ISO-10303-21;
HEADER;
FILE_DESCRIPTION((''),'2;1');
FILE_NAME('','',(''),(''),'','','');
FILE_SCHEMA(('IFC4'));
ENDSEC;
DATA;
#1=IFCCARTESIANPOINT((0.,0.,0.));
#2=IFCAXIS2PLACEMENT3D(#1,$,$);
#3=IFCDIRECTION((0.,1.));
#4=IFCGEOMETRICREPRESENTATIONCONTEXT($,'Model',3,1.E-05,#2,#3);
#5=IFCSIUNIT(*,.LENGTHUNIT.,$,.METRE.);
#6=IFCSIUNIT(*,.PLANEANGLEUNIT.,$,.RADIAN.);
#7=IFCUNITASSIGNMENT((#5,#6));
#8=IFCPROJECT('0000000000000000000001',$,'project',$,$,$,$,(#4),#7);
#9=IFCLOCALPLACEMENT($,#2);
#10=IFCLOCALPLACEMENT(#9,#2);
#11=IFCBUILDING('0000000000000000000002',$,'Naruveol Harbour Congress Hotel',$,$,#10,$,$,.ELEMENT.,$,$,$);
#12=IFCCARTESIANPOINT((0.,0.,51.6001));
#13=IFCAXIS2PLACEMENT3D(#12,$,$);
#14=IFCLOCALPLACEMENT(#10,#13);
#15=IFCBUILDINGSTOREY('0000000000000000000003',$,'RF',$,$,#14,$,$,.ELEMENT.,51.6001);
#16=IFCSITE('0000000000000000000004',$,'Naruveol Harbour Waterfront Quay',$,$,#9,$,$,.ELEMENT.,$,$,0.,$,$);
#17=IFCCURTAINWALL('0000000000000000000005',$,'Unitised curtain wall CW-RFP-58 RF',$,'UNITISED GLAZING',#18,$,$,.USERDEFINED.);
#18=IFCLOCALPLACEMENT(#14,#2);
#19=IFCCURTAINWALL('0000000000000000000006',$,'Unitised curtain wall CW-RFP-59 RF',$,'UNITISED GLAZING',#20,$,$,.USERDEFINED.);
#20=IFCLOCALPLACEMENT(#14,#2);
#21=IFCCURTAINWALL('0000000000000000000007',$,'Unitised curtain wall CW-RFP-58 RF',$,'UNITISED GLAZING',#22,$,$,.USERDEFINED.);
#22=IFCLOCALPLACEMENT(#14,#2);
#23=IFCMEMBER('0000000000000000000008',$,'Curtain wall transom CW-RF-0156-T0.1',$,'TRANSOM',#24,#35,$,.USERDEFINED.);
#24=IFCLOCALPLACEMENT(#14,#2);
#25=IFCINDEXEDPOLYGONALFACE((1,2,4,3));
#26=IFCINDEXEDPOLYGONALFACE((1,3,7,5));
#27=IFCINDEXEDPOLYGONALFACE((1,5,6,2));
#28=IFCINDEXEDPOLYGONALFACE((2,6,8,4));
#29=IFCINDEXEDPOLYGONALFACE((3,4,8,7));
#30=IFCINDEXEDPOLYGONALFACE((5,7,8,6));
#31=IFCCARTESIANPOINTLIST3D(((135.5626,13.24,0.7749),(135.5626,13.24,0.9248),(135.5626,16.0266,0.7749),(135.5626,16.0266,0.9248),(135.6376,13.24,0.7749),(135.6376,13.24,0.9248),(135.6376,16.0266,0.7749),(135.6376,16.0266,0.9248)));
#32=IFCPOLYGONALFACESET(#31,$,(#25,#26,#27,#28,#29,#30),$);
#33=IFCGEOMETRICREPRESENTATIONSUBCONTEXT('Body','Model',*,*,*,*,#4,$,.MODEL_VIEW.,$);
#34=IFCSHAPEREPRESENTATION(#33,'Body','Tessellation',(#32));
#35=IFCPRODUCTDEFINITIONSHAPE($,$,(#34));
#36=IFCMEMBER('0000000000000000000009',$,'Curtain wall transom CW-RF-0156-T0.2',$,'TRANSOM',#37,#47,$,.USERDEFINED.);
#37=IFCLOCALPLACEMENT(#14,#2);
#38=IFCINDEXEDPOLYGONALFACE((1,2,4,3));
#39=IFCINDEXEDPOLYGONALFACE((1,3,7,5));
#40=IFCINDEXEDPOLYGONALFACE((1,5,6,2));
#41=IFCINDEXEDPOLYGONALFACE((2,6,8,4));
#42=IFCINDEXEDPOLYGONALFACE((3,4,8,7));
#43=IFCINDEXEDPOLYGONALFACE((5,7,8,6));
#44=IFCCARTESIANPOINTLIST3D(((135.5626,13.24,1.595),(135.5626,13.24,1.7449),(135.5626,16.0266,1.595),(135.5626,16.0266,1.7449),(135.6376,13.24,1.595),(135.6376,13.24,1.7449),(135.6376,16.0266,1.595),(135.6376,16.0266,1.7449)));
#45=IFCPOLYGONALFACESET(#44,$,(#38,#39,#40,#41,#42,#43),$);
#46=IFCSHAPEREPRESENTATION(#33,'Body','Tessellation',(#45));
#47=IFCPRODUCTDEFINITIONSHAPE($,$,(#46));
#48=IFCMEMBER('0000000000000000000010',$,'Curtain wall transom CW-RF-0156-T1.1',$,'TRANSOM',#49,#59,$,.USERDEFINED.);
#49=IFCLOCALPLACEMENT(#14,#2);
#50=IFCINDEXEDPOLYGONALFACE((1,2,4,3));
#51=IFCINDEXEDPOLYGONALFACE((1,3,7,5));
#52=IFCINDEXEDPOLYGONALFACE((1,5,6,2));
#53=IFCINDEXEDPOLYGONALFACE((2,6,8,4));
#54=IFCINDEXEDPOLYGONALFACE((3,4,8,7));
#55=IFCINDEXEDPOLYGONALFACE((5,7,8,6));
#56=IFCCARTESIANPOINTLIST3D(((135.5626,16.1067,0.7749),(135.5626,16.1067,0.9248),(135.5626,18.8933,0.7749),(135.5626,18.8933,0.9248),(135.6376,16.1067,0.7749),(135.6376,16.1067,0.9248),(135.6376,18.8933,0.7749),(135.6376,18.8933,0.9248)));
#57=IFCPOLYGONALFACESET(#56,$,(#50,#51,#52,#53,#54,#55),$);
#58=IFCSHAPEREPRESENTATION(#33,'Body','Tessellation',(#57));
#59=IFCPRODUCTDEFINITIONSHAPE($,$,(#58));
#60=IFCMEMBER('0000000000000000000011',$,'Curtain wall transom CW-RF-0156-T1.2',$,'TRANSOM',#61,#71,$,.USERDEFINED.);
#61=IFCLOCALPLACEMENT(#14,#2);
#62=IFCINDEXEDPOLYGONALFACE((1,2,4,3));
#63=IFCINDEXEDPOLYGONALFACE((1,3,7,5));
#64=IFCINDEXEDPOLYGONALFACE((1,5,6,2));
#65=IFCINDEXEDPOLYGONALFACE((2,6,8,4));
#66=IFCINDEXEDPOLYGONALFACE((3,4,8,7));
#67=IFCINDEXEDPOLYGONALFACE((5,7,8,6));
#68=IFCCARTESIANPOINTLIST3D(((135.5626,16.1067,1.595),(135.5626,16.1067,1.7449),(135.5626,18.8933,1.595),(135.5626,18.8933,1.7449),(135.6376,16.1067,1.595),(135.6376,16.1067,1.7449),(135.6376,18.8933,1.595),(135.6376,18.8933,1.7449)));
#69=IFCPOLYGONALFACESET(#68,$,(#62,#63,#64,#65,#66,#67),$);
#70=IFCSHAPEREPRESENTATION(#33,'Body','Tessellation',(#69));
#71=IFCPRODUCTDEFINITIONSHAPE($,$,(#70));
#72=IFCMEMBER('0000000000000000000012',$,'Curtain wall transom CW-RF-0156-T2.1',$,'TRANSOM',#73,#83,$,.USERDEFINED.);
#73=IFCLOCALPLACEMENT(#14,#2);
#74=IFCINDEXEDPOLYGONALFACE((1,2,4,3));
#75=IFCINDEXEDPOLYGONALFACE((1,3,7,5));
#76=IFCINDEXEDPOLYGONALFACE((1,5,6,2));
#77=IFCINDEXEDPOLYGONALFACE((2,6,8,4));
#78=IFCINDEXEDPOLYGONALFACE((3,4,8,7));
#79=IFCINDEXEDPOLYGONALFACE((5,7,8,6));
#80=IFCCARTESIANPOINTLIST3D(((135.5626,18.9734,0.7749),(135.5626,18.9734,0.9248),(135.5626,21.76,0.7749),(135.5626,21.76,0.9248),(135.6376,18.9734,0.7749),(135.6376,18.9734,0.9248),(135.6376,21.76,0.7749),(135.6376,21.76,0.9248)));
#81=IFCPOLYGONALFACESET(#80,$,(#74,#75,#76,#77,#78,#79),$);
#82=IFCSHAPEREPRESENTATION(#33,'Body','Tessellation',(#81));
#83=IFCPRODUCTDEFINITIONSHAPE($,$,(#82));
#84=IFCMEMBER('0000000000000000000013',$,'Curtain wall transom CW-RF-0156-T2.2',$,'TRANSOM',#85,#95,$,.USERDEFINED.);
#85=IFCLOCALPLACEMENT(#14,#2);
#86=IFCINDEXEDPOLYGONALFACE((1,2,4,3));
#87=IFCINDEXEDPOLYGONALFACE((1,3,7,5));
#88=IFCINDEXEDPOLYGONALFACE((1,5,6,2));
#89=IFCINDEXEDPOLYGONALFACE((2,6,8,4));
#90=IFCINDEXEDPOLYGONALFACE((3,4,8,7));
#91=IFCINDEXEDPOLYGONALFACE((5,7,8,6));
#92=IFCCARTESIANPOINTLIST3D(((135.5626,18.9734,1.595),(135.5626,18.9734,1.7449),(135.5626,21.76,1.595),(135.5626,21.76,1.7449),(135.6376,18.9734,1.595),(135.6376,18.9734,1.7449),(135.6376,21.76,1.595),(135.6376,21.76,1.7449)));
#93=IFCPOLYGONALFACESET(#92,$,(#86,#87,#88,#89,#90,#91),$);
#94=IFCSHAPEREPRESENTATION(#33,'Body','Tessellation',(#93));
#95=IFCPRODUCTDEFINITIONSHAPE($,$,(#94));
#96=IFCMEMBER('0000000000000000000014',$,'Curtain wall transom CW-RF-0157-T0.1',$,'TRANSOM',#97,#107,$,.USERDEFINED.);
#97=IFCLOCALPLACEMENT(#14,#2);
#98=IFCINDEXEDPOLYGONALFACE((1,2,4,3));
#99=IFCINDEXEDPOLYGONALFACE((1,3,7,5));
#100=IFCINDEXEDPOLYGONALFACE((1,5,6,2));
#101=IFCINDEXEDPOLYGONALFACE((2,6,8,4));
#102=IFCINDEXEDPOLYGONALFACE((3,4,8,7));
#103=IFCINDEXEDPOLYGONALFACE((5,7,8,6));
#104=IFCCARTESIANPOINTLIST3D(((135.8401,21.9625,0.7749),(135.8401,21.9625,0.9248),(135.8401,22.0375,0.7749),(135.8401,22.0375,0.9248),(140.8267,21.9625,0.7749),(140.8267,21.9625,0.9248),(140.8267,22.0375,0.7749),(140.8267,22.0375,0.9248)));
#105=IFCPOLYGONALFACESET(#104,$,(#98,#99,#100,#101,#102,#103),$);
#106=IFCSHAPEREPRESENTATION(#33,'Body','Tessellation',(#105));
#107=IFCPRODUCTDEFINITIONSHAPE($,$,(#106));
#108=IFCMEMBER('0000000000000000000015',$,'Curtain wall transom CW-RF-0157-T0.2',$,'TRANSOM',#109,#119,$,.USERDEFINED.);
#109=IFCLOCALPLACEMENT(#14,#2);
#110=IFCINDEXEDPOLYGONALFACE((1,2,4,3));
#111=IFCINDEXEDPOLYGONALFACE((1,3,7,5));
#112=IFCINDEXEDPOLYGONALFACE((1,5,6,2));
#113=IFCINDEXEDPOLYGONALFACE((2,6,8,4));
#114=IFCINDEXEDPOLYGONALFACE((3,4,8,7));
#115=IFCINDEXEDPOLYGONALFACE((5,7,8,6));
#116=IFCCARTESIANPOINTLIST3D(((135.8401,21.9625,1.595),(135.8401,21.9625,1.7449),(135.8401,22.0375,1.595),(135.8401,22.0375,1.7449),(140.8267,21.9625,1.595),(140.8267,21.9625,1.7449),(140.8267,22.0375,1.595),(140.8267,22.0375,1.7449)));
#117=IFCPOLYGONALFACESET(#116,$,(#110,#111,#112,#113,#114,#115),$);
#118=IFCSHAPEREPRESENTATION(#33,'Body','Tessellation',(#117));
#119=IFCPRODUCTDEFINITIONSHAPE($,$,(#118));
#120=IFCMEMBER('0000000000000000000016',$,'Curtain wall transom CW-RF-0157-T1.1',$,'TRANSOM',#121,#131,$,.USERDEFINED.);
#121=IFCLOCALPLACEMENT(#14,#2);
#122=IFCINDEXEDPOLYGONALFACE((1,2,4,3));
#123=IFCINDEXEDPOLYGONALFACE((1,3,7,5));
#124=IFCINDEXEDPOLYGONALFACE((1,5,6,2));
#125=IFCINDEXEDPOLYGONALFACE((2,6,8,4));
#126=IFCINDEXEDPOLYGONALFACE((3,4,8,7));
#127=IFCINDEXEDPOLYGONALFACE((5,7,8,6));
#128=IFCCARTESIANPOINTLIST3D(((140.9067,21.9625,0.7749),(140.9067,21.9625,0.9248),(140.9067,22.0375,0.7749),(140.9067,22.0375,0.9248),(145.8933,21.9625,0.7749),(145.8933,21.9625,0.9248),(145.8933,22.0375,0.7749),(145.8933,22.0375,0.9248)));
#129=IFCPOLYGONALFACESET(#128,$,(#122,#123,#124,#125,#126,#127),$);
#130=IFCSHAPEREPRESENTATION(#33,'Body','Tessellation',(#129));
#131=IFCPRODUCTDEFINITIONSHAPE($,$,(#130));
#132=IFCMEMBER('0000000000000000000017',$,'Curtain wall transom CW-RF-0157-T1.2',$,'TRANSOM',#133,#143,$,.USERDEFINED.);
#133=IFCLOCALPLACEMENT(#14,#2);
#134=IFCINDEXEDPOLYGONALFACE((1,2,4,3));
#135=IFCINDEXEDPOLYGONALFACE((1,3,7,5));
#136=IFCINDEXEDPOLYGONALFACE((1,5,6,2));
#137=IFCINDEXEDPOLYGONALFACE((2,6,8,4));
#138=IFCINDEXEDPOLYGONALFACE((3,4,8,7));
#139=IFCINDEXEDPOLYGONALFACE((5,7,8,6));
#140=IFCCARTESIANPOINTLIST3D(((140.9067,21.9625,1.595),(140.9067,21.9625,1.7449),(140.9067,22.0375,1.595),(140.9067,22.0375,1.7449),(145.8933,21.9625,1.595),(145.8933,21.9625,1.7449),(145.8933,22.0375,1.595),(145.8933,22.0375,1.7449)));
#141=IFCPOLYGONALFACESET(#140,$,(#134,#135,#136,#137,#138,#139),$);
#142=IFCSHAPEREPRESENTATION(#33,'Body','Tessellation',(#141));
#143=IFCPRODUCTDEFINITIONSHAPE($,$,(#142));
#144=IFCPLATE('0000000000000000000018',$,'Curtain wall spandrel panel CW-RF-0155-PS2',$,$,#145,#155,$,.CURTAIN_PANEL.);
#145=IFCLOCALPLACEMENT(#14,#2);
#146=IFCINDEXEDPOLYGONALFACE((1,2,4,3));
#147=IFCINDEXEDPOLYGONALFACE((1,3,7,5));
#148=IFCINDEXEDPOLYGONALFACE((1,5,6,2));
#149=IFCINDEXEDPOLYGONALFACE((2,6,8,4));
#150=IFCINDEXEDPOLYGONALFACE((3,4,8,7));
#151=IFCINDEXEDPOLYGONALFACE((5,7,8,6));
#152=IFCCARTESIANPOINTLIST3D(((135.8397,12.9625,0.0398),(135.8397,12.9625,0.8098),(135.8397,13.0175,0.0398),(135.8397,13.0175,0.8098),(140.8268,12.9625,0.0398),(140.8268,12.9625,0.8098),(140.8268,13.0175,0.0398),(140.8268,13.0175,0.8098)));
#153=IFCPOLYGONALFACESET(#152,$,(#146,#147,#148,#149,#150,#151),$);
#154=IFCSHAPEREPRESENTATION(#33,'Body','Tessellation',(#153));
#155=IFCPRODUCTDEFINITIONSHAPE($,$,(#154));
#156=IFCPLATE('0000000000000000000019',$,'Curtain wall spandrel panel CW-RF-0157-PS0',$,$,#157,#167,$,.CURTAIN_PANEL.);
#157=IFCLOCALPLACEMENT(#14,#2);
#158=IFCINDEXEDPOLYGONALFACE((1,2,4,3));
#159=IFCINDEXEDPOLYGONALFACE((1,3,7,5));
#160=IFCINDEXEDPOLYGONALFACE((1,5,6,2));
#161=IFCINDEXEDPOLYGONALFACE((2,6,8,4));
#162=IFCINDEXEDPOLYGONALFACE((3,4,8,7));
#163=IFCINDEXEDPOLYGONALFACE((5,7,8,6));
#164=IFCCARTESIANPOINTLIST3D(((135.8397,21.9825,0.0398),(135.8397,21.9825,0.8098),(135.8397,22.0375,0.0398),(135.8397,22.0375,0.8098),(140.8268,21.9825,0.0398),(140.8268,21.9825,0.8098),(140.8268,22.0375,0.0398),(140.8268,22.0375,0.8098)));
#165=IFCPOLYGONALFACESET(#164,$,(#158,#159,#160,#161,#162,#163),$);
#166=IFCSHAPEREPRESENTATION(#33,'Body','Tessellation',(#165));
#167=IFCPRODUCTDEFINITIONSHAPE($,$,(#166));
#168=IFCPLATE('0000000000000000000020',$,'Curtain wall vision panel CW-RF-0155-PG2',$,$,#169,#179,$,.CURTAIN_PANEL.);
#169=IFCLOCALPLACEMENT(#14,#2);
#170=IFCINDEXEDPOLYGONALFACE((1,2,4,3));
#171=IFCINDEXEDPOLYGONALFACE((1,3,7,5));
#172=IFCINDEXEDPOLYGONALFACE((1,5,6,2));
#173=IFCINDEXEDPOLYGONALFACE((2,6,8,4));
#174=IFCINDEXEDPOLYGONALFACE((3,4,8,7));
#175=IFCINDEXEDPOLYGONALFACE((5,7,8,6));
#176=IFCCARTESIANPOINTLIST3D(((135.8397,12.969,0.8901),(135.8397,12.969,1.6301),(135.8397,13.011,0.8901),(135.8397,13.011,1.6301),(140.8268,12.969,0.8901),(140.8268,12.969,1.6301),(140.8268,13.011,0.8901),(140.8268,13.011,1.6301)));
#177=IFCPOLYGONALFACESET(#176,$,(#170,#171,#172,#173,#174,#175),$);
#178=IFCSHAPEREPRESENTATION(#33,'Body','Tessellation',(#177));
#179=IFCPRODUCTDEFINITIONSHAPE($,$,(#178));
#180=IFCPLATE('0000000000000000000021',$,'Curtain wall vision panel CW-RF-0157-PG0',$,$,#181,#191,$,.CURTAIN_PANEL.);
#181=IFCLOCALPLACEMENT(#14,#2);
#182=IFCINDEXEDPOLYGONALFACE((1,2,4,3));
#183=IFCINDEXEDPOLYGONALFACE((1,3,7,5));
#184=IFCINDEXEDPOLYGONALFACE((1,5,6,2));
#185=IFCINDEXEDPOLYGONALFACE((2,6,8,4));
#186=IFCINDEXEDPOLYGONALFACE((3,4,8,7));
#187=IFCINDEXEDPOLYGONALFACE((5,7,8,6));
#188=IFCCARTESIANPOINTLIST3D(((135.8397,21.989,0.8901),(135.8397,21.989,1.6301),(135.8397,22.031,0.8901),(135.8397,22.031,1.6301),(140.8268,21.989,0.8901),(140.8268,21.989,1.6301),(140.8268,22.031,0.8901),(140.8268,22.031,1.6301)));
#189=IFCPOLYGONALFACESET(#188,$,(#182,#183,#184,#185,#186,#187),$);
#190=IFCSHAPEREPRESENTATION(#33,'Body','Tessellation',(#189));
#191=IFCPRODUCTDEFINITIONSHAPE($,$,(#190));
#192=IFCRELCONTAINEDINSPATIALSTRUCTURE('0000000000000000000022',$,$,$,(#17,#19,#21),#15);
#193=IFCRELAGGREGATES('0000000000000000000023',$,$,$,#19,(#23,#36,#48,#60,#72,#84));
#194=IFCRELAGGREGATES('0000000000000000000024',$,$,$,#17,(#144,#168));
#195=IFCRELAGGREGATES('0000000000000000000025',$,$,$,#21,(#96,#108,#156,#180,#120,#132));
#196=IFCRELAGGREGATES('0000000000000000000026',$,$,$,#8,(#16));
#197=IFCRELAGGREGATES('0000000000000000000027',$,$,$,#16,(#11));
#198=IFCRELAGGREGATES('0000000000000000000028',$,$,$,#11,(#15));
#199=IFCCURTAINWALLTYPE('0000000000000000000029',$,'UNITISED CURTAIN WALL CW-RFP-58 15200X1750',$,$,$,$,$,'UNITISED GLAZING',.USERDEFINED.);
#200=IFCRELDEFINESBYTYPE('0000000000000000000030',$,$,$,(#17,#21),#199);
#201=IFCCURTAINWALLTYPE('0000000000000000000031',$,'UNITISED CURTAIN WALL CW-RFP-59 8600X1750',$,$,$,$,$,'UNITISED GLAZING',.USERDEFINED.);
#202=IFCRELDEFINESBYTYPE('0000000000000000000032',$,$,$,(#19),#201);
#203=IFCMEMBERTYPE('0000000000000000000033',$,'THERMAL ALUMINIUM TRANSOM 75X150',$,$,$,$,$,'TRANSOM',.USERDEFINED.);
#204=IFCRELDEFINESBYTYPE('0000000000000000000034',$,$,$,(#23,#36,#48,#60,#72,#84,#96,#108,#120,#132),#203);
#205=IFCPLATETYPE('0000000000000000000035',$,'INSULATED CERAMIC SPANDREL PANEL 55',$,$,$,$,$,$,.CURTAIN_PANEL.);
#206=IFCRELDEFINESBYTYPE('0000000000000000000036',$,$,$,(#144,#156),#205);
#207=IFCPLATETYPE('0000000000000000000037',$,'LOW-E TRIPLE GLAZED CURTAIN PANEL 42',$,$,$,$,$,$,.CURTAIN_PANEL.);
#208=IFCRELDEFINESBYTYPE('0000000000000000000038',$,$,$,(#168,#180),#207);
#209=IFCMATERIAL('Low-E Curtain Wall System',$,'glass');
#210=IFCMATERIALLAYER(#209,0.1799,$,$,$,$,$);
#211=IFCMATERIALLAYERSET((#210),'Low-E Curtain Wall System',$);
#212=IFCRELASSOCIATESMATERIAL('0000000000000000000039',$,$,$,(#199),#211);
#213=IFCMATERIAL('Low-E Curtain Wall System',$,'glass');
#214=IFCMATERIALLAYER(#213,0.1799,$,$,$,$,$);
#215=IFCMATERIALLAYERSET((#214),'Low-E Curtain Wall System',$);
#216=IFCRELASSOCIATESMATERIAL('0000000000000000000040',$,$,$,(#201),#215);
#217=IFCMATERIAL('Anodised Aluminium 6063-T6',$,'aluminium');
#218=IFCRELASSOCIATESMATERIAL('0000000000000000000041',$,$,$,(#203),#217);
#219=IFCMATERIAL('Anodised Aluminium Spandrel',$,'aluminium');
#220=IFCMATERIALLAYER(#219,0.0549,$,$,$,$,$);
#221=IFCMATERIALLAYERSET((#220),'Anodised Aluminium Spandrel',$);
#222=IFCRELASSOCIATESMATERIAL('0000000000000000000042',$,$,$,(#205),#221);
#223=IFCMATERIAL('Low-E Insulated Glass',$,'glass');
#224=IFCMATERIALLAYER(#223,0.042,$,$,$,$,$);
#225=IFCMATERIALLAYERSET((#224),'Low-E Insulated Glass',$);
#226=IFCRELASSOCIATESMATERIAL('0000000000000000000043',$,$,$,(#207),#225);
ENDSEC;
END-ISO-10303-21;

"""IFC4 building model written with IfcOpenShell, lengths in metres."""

from ifc_helpers import new_model, si_unit, direction, frame, origin, origin_2d, place, context, subcontext, project, spatial, rectangle, extrude, material, layer, layer_set, material_profile, profile_set, type_object, element, aggregate, save


model = new_model("IFC4")

# Units and contexts
model_context = context("Model", 3, precision=1e-05, world=origin(), true_north=direction((0.0, 1.0)))
body_context = subcontext(model_context, "Body", "Model", "MODEL_VIEW")
ifc_project = project(units=[si_unit("LENGTHUNIT", "METRE"), si_unit("PLANEANGLEUNIT", "RADIAN")], contexts=[model_context])

# Site, building, storey
site_placement = place(None, origin())
site = spatial("IfcSite", under=ifc_project, at=site_placement, Name="Naruveol Harbour Waterfront Quay", CompositionType="ELEMENT", RefElevation=0.0)
building_placement = place(site_placement, origin())
building = spatial("IfcBuilding", under=site, at=building_placement, Name="Naruveol Harbour Congress Hotel", CompositionType="ELEMENT")
storey_placement = place(building_placement, frame((0.0, 0.0, 51.6001)))
storey = spatial("IfcBuildingStorey", under=building, at=storey_placement, Name="RF", CompositionType="ELEMENT", Elevation=51.6001)

# Curtain walls
ifc_material_1 = material(Name="Low-E Curtain Wall System", Category="glass")
ifc_layer_1 = layer(ifc_material_1, 0.1799)
ifc_layer_set_1 = layer_set([ifc_layer_1], Name="Low-E Curtain Wall System")
curtain_wall_type_1 = type_object("IfcCurtainWallType", Name="UNITISED CURTAIN WALL CW-RFP-58 15200X1750", ElementType="UNITISED GLAZING", PredefinedType="USERDEFINED", material=ifc_layer_set_1)
curtain_wall_1_placement = place(storey_placement, origin())
curtain_wall_1 = element("IfcCurtainWall", 1, at=curtain_wall_1_placement, inside=storey, type_object=curtain_wall_type_1, Name="Unitised curtain wall CW-RFP-58 RF", ObjectType="UNITISED GLAZING", PredefinedType="USERDEFINED")
ifc_material_2 = material(Name="Low-E Curtain Wall System", Category="glass")
ifc_layer_2 = layer(ifc_material_2, 0.1799)
ifc_layer_set_2 = layer_set([ifc_layer_2], Name="Low-E Curtain Wall System")
curtain_wall_type_2 = type_object("IfcCurtainWallType", Name="UNITISED CURTAIN WALL CW-RFP-59 8600X1750", ElementType="UNITISED GLAZING", PredefinedType="USERDEFINED", material=ifc_layer_set_2)
curtain_wall_2_placement = place(storey_placement, origin())
curtain_wall_2 = element("IfcCurtainWall", 2, at=curtain_wall_2_placement, inside=storey, type_object=curtain_wall_type_2, Name="Unitised curtain wall CW-RFP-59 RF", ObjectType="UNITISED GLAZING", PredefinedType="USERDEFINED")
curtain_wall_3_placement = place(storey_placement, origin())
curtain_wall_3 = element("IfcCurtainWall", 3, at=curtain_wall_3_placement, inside=storey, type_object=curtain_wall_type_1, Name="Unitised curtain wall CW-RFP-58 RF", ObjectType="UNITISED GLAZING", PredefinedType="USERDEFINED")

# Members
ifc_material_3 = material(Name="Anodised Aluminium 6063-T6", Category="aluminium")
ifc_material_profile_1 = material_profile(ifc_material_3, rectangle(XDim=0.075, YDim=0.1499, at=origin_2d()), Name="ALU-75x150")
ifc_profile_set_1 = profile_set([ifc_material_profile_1], Name="Anodised Aluminium 6063-T6")
member_type_1 = type_object("IfcMemberType", Name="THERMAL ALUMINIUM TRANSOM 75X150", ElementType="TRANSOM", PredefinedType="USERDEFINED", material=ifc_profile_set_1)
member_1_placement = place(storey_placement, frame((135.6001, 13.24, 0.8499), z_axis=(0.0, 1.0, 0.0), x_axis=(-1.0, 0.0, 0.0)))
member_1 = element("IfcMember", 4, at=member_1_placement, type_object=member_type_1, Name="Curtain wall transom CW-RF-0156-T0.1", ObjectType="TRANSOM", PredefinedType="USERDEFINED", context=body_context, shape_type="SweptSolid", body=[
    extrude(rectangle(XDim=0.075, YDim=0.1499, at=origin_2d()), origin(), (0.0, 0.0, 1.0), 2.7866),
])
member_2_placement = place(storey_placement, frame((135.6001, 13.24, 1.6699), z_axis=(0.0, 1.0, 0.0), x_axis=(-1.0, 0.0, 0.0)))
member_2 = element("IfcMember", 5, at=member_2_placement, type_object=member_type_1, Name="Curtain wall transom CW-RF-0156-T0.2", ObjectType="TRANSOM", PredefinedType="USERDEFINED", context=body_context, shape_type="SweptSolid", body=[
    extrude(rectangle(XDim=0.075, YDim=0.1499, at=origin_2d()), origin(), (0.0, 0.0, 1.0), 2.7866),
])
member_3_placement = place(storey_placement, frame((135.6001, 16.1067, 0.8499), z_axis=(0.0, 1.0, 0.0), x_axis=(-1.0, 0.0, 0.0)))
member_3 = element("IfcMember", 6, at=member_3_placement, type_object=member_type_1, Name="Curtain wall transom CW-RF-0156-T1.1", ObjectType="TRANSOM", PredefinedType="USERDEFINED", context=body_context, shape_type="SweptSolid", body=[
    extrude(rectangle(XDim=0.075, YDim=0.1499, at=origin_2d()), origin(), (0.0, 0.0, 1.0), 2.7866),
])
member_4_placement = place(storey_placement, frame((135.6001, 16.1067, 1.6699), z_axis=(0.0, 1.0, 0.0), x_axis=(-1.0, 0.0, 0.0)))
member_4 = element("IfcMember", 7, at=member_4_placement, type_object=member_type_1, Name="Curtain wall transom CW-RF-0156-T1.2", ObjectType="TRANSOM", PredefinedType="USERDEFINED", context=body_context, shape_type="SweptSolid", body=[
    extrude(rectangle(XDim=0.075, YDim=0.1499, at=origin_2d()), origin(), (0.0, 0.0, 1.0), 2.7866),
])
member_5_placement = place(storey_placement, frame((135.6001, 18.9734, 0.8499), z_axis=(0.0, 1.0, 0.0), x_axis=(-1.0, 0.0, 0.0)))
member_5 = element("IfcMember", 8, at=member_5_placement, type_object=member_type_1, Name="Curtain wall transom CW-RF-0156-T2.1", ObjectType="TRANSOM", PredefinedType="USERDEFINED", context=body_context, shape_type="SweptSolid", body=[
    extrude(rectangle(XDim=0.075, YDim=0.1499, at=origin_2d()), origin(), (0.0, 0.0, 1.0), 2.7866),
])
member_6_placement = place(storey_placement, frame((135.6001, 18.9734, 1.6699), z_axis=(0.0, 1.0, 0.0), x_axis=(-1.0, 0.0, 0.0)))
member_6 = element("IfcMember", 9, at=member_6_placement, type_object=member_type_1, Name="Curtain wall transom CW-RF-0156-T2.2", ObjectType="TRANSOM", PredefinedType="USERDEFINED", context=body_context, shape_type="SweptSolid", body=[
    extrude(rectangle(XDim=0.075, YDim=0.1499, at=origin_2d()), origin(), (0.0, 0.0, 1.0), 2.7866),
])
aggregate(curtain_wall_2, [member_1, member_2, member_3, member_4, member_5, member_6])
member_7_placement = place(storey_placement, frame((135.8401, 22.0, 0.8499), z_axis=(1.0, 0.0, 0.0), x_axis=(0.0, 1.0, 0.0)))
member_7 = element("IfcMember", 10, at=member_7_placement, type_object=member_type_1, Name="Curtain wall transom CW-RF-0157-T0.1", ObjectType="TRANSOM", PredefinedType="USERDEFINED", context=body_context, shape_type="SweptSolid", body=[
    extrude(rectangle(XDim=0.075, YDim=0.1499, at=origin_2d()), origin(), (0.0, 0.0, 1.0), 4.9866),
])
member_8_placement = place(storey_placement, frame((135.8401, 22.0, 1.6699), z_axis=(1.0, 0.0, 0.0), x_axis=(0.0, 1.0, 0.0)))
member_8 = element("IfcMember", 11, at=member_8_placement, type_object=member_type_1, Name="Curtain wall transom CW-RF-0157-T0.2", ObjectType="TRANSOM", PredefinedType="USERDEFINED", context=body_context, shape_type="SweptSolid", body=[
    extrude(rectangle(XDim=0.075, YDim=0.1499, at=origin_2d()), origin(), (0.0, 0.0, 1.0), 4.9866),
])
member_9_placement = place(storey_placement, frame((140.9067, 22.0, 0.8499), z_axis=(1.0, 0.0, 0.0), x_axis=(0.0, 1.0, 0.0)))
member_9 = element("IfcMember", 12, at=member_9_placement, type_object=member_type_1, Name="Curtain wall transom CW-RF-0157-T1.1", ObjectType="TRANSOM", PredefinedType="USERDEFINED", context=body_context, shape_type="SweptSolid", body=[
    extrude(rectangle(XDim=0.075, YDim=0.1499, at=origin_2d()), origin(), (0.0, 0.0, 1.0), 4.9866),
])
member_10_placement = place(storey_placement, frame((140.9067, 22.0, 1.6699), z_axis=(1.0, 0.0, 0.0), x_axis=(0.0, 1.0, 0.0)))
member_10 = element("IfcMember", 13, at=member_10_placement, type_object=member_type_1, Name="Curtain wall transom CW-RF-0157-T1.2", ObjectType="TRANSOM", PredefinedType="USERDEFINED", context=body_context, shape_type="SweptSolid", body=[
    extrude(rectangle(XDim=0.075, YDim=0.1499, at=origin_2d()), origin(), (0.0, 0.0, 1.0), 4.9866),
])

# Plates
ifc_material_4 = material(Name="Anodised Aluminium Spandrel", Category="aluminium")
ifc_layer_3 = layer(ifc_material_4, 0.0549)
ifc_layer_set_3 = layer_set([ifc_layer_3], Name="Anodised Aluminium Spandrel")
plate_type_1 = type_object("IfcPlateType", Name="INSULATED CERAMIC SPANDREL PANEL 55", PredefinedType="CURTAIN_PANEL", material=ifc_layer_set_3)
plate_1_placement = place(storey_placement, frame((138.3333, 12.99, 0.0398), z_axis=(0.0, 0.0, 1.0), x_axis=(-1.0, 0.0, 0.0)))
plate_1 = element("IfcPlate", 14, at=plate_1_placement, type_object=plate_type_1, Name="Curtain wall spandrel panel CW-RF-0155-PS2", PredefinedType="CURTAIN_PANEL", context=body_context, shape_type="SweptSolid", body=[
    extrude(rectangle(XDim=4.9871, YDim=0.0549, at=origin_2d()), origin(), (0.0, 0.0, 1.0), 0.77),
])
plate_2_placement = place(storey_placement, frame((138.3333, 22.01, 0.0398), z_axis=(0.0, 0.0, 1.0), x_axis=(1.0, 0.0, 0.0)))
plate_2 = element("IfcPlate", 15, at=plate_2_placement, type_object=plate_type_1, Name="Curtain wall spandrel panel CW-RF-0157-PS0", PredefinedType="CURTAIN_PANEL", context=body_context, shape_type="SweptSolid", body=[
    extrude(rectangle(XDim=4.9871, YDim=0.0549, at=origin_2d()), origin(), (0.0, 0.0, 1.0), 0.77),
])
ifc_material_5 = material(Name="Low-E Insulated Glass", Category="glass")
ifc_layer_4 = layer(ifc_material_5, 0.042)
ifc_layer_set_4 = layer_set([ifc_layer_4], Name="Low-E Insulated Glass")
plate_type_2 = type_object("IfcPlateType", Name="LOW-E TRIPLE GLAZED CURTAIN PANEL 42", PredefinedType="CURTAIN_PANEL", material=ifc_layer_set_4)
plate_3_placement = place(storey_placement, frame((138.3333, 12.99, 0.8901), z_axis=(0.0, 0.0, 1.0), x_axis=(-1.0, 0.0, 0.0)))
plate_3 = element("IfcPlate", 16, at=plate_3_placement, type_object=plate_type_2, Name="Curtain wall vision panel CW-RF-0155-PG2", PredefinedType="CURTAIN_PANEL", context=body_context, shape_type="SweptSolid", body=[
    extrude(rectangle(XDim=4.9871, YDim=0.042, at=origin_2d()), origin(), (0.0, 0.0, 1.0), 0.74),
])
aggregate(curtain_wall_1, [plate_1, plate_3])
plate_4_placement = place(storey_placement, frame((138.3333, 22.01, 0.8901), z_axis=(0.0, 0.0, 1.0), x_axis=(1.0, 0.0, 0.0)))
plate_4 = element("IfcPlate", 17, at=plate_4_placement, type_object=plate_type_2, Name="Curtain wall vision panel CW-RF-0157-PG0", PredefinedType="CURTAIN_PANEL", context=body_context, shape_type="SweptSolid", body=[
    extrude(rectangle(XDim=4.9871, YDim=0.042, at=origin_2d()), origin(), (0.0, 0.0, 1.0), 0.74),
])
aggregate(curtain_wall_3, [member_7, member_8, plate_2, plate_4, member_9, member_10])

save(model, "model.ifc")
